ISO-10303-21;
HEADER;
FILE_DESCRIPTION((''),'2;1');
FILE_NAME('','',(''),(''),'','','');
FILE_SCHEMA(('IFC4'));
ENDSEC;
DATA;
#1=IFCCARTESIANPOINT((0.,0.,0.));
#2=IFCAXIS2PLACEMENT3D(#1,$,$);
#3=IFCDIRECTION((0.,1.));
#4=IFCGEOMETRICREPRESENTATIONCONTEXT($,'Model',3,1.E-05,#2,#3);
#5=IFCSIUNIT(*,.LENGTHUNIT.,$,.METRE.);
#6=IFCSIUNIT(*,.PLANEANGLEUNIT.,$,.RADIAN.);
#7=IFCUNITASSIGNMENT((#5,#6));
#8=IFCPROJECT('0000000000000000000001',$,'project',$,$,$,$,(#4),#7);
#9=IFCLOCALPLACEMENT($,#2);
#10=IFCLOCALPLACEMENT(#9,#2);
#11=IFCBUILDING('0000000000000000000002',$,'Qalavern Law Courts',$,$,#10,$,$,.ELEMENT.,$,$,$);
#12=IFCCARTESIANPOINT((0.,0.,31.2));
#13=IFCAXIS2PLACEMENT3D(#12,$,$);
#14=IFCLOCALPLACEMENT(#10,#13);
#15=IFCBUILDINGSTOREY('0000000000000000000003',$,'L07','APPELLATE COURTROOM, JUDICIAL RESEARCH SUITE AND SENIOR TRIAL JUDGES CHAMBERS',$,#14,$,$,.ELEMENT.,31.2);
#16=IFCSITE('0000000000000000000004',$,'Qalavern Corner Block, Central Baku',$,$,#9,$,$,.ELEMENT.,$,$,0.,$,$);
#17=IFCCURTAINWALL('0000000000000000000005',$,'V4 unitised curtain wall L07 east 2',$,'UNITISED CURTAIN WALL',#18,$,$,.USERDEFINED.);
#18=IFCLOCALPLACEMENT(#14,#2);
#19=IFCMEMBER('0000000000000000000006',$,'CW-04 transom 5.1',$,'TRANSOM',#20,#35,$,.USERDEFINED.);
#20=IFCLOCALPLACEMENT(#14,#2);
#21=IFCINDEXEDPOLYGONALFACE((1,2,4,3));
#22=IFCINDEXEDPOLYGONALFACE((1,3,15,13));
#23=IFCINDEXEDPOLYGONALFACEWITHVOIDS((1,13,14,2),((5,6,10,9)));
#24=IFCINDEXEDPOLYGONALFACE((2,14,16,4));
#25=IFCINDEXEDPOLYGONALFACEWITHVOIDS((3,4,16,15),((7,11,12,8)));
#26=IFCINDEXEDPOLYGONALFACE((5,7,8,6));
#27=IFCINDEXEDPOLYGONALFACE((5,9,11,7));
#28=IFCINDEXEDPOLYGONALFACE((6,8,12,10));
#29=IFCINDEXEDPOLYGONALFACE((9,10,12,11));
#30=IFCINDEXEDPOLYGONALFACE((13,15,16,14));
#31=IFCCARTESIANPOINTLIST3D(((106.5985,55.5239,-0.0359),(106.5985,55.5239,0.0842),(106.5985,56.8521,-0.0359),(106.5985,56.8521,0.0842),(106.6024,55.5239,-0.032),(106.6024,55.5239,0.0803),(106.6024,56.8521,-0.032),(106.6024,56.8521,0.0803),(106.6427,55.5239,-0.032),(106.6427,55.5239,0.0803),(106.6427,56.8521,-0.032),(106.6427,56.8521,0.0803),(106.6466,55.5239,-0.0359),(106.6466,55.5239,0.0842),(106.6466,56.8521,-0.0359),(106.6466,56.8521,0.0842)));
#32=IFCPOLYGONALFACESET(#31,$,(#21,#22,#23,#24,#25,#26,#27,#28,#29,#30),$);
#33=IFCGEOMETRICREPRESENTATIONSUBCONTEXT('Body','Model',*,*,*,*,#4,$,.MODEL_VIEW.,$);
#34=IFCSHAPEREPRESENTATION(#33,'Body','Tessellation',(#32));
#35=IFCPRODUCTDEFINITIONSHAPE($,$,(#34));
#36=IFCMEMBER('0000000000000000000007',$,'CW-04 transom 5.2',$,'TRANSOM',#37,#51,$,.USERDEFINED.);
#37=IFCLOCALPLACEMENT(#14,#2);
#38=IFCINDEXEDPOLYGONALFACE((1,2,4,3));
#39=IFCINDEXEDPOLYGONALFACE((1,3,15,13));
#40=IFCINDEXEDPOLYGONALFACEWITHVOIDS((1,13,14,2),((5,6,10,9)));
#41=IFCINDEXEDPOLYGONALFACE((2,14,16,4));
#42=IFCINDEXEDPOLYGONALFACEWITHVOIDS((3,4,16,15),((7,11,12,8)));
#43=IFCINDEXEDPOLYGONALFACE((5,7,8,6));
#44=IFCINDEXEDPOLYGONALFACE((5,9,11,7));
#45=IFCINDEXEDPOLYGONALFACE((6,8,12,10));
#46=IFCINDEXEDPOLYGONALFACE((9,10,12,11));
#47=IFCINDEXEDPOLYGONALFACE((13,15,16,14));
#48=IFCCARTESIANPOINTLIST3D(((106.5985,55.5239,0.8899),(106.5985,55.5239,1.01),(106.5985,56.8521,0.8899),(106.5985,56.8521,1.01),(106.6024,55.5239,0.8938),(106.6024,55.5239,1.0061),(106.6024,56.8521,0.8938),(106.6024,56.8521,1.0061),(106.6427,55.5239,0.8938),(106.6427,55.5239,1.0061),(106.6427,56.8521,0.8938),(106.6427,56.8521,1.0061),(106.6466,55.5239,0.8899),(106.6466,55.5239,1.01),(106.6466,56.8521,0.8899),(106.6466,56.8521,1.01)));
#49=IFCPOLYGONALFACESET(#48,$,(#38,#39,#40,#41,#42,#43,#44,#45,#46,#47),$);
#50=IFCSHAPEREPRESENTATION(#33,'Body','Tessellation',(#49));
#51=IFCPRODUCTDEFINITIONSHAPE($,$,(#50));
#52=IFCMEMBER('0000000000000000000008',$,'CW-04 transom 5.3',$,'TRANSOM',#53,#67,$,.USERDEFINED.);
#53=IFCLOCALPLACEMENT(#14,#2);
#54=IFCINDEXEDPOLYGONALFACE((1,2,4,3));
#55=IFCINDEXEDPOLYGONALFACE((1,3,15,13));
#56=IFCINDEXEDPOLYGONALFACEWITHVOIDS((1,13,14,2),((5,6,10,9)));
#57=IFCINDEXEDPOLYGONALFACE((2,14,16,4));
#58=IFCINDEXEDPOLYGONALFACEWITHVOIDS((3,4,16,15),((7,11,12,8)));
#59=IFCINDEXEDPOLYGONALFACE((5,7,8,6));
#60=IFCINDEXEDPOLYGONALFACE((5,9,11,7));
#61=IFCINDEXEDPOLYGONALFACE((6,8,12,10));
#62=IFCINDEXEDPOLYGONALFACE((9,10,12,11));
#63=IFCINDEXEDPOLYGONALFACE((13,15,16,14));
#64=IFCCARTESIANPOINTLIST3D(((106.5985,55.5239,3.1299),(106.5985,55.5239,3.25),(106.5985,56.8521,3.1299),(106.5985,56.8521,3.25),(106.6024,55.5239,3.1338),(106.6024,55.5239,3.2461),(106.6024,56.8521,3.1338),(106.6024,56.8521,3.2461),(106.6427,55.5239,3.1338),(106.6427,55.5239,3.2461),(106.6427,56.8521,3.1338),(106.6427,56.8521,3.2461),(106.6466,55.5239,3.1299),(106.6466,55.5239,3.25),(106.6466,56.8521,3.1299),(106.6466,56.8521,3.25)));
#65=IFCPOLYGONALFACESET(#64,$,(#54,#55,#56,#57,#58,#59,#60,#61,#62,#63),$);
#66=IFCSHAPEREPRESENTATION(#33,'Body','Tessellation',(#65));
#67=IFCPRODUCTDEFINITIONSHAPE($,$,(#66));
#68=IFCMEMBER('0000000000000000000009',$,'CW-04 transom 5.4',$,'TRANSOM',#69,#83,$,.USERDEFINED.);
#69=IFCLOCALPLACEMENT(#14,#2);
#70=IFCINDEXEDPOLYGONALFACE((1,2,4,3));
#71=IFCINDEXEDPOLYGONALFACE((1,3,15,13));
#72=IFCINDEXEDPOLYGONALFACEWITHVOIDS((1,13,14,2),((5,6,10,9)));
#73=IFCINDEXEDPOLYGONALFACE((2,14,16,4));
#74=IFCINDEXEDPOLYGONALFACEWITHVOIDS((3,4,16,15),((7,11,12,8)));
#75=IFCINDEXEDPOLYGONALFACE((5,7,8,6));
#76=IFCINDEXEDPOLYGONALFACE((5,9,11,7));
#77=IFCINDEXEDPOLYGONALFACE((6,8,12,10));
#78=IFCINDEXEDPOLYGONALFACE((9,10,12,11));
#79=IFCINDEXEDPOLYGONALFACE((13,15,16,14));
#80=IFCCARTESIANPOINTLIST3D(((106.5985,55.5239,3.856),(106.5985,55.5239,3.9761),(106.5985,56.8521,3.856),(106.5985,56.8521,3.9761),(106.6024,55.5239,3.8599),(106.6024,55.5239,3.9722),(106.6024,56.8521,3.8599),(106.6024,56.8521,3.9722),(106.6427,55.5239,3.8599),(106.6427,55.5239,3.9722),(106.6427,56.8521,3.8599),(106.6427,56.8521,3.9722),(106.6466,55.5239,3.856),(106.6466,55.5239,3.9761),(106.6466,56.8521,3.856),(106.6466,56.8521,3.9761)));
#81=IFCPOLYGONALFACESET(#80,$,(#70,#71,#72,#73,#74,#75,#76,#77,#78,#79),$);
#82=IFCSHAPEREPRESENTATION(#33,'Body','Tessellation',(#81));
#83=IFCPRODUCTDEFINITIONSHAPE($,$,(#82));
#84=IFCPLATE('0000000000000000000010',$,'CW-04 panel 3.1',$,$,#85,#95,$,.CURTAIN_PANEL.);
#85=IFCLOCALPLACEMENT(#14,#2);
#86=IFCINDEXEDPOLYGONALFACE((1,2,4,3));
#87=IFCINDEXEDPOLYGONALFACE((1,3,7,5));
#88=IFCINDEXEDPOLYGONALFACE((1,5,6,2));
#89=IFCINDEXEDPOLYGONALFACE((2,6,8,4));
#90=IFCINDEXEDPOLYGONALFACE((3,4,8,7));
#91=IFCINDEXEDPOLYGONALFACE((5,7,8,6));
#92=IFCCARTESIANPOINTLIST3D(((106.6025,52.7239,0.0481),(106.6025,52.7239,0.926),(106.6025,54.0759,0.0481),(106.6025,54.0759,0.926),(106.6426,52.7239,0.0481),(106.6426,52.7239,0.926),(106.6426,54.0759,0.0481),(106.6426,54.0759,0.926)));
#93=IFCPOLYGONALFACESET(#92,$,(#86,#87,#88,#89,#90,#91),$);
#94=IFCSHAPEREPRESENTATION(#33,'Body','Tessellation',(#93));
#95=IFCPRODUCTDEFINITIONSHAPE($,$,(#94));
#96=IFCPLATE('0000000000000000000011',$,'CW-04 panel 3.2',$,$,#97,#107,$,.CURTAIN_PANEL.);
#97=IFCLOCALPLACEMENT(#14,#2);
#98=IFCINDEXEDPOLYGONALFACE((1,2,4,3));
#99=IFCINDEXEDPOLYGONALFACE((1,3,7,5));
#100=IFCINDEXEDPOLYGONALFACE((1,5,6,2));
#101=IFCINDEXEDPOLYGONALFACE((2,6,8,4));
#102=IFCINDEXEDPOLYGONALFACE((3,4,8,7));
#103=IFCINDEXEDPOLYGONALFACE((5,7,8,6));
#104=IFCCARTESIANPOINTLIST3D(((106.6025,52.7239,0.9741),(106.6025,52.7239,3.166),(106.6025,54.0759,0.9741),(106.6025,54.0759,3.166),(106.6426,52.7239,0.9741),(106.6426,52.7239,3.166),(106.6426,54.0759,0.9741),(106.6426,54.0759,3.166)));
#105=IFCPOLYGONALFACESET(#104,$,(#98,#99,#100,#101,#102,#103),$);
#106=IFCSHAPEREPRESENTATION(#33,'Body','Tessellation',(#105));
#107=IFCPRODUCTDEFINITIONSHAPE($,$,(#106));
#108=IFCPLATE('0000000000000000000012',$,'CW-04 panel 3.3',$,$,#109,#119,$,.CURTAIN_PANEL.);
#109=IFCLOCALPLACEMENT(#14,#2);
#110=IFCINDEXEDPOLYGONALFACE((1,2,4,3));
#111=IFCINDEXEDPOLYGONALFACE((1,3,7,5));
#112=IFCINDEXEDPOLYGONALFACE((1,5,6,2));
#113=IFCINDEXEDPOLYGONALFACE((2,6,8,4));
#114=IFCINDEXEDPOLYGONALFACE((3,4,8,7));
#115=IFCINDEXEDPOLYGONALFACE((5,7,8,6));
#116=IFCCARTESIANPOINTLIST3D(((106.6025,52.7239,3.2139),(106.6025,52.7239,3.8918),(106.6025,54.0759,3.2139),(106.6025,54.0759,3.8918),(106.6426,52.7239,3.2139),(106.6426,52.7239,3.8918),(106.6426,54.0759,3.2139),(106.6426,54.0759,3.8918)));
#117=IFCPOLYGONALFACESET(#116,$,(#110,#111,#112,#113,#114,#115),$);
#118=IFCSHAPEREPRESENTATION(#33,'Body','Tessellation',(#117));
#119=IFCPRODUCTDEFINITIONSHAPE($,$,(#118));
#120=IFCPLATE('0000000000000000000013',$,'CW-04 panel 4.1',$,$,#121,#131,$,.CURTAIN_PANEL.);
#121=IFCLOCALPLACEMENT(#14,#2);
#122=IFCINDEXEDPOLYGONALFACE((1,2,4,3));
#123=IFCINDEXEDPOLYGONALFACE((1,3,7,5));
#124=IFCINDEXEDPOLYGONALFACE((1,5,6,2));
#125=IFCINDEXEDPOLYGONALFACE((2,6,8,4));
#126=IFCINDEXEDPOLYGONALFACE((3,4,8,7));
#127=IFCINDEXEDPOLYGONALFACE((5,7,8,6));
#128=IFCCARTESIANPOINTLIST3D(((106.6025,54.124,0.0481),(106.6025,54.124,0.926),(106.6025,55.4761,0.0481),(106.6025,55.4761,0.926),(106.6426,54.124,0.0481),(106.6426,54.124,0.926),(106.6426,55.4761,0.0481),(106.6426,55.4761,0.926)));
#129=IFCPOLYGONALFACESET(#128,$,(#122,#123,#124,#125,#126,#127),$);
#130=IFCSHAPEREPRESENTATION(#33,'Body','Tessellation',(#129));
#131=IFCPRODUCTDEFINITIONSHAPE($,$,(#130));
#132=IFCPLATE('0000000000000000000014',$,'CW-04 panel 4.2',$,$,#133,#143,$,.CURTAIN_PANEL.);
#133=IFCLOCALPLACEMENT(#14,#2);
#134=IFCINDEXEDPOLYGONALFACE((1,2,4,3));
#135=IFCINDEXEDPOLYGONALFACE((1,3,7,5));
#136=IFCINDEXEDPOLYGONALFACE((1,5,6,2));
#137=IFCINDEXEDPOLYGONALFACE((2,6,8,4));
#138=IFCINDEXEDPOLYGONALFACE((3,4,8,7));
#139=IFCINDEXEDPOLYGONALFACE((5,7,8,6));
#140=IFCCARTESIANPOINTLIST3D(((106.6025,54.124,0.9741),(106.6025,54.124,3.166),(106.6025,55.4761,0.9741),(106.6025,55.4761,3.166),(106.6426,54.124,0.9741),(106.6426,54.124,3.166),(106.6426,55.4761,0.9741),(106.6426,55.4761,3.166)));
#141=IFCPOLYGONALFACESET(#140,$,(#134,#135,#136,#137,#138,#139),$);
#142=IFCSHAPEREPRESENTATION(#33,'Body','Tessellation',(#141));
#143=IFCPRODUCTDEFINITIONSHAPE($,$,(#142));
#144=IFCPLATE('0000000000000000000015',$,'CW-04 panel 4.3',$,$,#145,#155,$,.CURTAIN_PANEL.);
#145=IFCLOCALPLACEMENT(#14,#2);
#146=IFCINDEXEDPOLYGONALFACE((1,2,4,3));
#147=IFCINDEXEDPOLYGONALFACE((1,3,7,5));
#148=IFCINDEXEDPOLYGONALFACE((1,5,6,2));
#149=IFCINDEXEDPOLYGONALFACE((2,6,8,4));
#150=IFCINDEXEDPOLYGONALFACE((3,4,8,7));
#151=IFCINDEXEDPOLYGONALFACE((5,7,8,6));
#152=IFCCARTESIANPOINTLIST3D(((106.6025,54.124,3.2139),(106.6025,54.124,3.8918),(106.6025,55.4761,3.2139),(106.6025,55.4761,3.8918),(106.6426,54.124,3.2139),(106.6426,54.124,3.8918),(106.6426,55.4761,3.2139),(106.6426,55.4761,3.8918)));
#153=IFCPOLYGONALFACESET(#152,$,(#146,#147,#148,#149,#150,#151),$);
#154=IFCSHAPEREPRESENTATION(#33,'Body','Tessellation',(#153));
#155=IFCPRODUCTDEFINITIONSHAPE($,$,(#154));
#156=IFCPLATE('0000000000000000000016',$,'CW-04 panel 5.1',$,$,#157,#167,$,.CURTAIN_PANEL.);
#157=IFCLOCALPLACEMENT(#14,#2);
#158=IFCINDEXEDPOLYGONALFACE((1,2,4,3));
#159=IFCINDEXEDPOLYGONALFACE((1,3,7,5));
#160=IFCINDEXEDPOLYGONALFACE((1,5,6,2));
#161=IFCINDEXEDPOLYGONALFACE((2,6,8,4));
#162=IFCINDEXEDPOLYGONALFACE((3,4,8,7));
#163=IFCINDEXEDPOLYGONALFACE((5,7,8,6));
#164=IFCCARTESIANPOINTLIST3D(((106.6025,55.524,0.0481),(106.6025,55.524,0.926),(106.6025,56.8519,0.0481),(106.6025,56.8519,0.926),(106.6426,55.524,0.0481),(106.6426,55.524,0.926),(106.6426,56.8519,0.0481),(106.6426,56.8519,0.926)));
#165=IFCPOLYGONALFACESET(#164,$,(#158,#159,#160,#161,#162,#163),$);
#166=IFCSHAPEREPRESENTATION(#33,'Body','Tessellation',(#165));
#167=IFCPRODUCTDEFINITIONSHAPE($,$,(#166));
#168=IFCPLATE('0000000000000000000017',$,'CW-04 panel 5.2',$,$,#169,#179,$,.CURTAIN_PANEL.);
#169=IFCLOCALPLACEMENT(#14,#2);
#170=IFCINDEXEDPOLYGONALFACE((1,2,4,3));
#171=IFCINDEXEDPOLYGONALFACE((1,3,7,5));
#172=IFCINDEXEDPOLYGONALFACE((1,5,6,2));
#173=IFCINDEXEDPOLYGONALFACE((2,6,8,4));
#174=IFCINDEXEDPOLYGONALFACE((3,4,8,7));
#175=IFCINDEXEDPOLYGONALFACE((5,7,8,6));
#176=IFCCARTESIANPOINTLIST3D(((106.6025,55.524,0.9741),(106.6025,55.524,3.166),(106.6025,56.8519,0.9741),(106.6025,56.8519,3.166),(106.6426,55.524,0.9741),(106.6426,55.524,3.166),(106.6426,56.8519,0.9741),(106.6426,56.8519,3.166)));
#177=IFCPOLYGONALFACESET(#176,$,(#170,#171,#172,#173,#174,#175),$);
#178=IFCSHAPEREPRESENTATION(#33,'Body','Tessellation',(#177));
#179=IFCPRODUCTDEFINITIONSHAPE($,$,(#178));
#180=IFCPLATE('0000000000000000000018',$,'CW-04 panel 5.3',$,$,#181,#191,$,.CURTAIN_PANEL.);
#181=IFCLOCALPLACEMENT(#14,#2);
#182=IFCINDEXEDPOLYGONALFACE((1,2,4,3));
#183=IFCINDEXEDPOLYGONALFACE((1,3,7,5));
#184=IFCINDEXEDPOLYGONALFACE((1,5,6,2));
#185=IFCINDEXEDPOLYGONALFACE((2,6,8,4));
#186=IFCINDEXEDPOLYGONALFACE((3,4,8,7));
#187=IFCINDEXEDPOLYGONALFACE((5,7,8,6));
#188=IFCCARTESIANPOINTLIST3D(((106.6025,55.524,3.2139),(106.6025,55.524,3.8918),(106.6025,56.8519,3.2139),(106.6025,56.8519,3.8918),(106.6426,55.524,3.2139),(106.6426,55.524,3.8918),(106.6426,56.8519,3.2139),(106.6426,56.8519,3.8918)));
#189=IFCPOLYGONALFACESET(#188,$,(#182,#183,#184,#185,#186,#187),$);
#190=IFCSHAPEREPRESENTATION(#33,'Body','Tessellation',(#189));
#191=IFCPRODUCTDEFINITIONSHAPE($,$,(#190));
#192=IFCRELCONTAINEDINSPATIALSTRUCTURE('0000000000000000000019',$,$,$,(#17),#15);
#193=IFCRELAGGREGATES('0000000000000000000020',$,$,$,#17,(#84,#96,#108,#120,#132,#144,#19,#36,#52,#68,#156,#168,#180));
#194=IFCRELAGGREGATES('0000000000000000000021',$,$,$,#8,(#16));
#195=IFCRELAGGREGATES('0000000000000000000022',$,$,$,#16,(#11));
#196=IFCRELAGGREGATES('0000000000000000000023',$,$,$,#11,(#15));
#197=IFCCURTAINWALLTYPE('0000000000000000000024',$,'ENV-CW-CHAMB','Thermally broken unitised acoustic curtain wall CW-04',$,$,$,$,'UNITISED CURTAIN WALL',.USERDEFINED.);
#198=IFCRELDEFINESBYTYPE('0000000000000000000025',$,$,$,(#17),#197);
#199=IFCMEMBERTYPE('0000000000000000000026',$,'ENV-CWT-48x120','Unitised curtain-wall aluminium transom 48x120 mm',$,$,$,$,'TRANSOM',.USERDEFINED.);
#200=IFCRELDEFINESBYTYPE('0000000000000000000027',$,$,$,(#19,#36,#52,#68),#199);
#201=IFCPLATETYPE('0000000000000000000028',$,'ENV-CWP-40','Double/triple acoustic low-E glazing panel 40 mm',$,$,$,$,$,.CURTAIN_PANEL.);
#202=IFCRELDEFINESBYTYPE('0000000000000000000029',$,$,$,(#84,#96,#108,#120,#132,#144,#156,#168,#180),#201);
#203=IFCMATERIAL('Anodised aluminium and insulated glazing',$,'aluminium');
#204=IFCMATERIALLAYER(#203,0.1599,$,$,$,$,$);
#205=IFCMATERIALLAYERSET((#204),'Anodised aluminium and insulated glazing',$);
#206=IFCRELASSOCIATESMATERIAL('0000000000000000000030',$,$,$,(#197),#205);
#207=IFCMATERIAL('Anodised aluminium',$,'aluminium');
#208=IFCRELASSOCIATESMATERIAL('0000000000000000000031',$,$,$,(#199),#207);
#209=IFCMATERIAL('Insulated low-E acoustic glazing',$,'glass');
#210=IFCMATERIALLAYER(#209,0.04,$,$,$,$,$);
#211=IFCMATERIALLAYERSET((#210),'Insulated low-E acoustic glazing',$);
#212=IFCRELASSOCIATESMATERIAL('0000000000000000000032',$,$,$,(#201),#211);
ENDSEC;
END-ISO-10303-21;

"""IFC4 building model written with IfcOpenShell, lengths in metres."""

from ifc_helpers import new_model, si_unit, direction, frame, origin, origin_2d, place, context, subcontext, project, spatial, rectangle, hollow_rectangle, extrude, material, layer, layer_set, material_profile, profile_set, type_object, element, aggregate, save


model = new_model("IFC4")

# Units and contexts
model_context = context("Model", 3, precision=1e-05, world=origin(), true_north=direction((0.0, 1.0)))
body_context = subcontext(model_context, "Body", "Model", "MODEL_VIEW")
ifc_project = project(units=[si_unit("LENGTHUNIT", "METRE"), si_unit("PLANEANGLEUNIT", "RADIAN")], contexts=[model_context])

# Site, building, storey
site_placement = place(None, origin())
site = spatial("IfcSite", under=ifc_project, at=site_placement, Name="Qalavern Corner Block, Central Baku", CompositionType="ELEMENT", RefElevation=0.0)
building_placement = place(site_placement, origin())
building = spatial("IfcBuilding", under=site, at=building_placement, Name="Qalavern Law Courts", CompositionType="ELEMENT")
storey_placement = place(building_placement, frame((0.0, 0.0, 31.2)))
storey = spatial("IfcBuildingStorey", under=building, at=storey_placement, Name="L07", Description="APPELLATE COURTROOM, JUDICIAL RESEARCH SUITE AND SENIOR TRIAL JUDGES CHAMBERS", CompositionType="ELEMENT", Elevation=31.2)

# Curtain wall, members, plates
ifc_material_1 = material(Name="Anodised aluminium and insulated glazing", Category="aluminium")
ifc_layer_1 = layer(ifc_material_1, 0.1599)
ifc_layer_set_1 = layer_set([ifc_layer_1], Name="Anodised aluminium and insulated glazing")
curtain_wall_type = type_object("IfcCurtainWallType", Name="ENV-CW-CHAMB", Description="Thermally broken unitised acoustic curtain wall CW-04", ElementType="UNITISED CURTAIN WALL", PredefinedType="USERDEFINED", material=ifc_layer_set_1)
curtain_wall_placement = place(storey_placement, origin())
curtain_wall = element("IfcCurtainWall", 1, at=curtain_wall_placement, inside=storey, type_object=curtain_wall_type, Name="V4 unitised curtain wall L07 east 2", ObjectType="UNITISED CURTAIN WALL", PredefinedType="USERDEFINED")
ifc_material_2 = material(Name="Anodised aluminium", Category="aluminium")
ifc_material_profile_1 = material_profile(ifc_material_2, hollow_rectangle(XDim=0.0481, YDim=0.1201, WallThickness=0.0039, at=origin_2d()), Name="ALU TRANSOM 48x120")
ifc_profile_set_1 = profile_set([ifc_material_profile_1], Name="Anodised aluminium")
member_type_1 = type_object("IfcMemberType", Name="ENV-CWT-48x120", Description="Unitised curtain-wall aluminium transom 48x120 mm", ElementType="TRANSOM", PredefinedType="USERDEFINED", material=ifc_profile_set_1)
member_1_placement = place(storey_placement, frame((106.6226, 55.5239, 0.0242), z_axis=(0.0, 1.0, 0.0), x_axis=(-1.0, 0.0, 0.0)))
member_1 = element("IfcMember", 2, at=member_1_placement, type_object=member_type_1, Name="CW-04 transom 5.1", ObjectType="TRANSOM", PredefinedType="USERDEFINED", context=body_context, shape_type="SweptSolid", body=[
    extrude(hollow_rectangle(XDim=0.0481, YDim=0.1201, WallThickness=0.0039, at=origin_2d()), origin(), (0.0, 0.0, 1.0), 1.3281),
])
member_2_placement = place(storey_placement, frame((106.6226, 55.5239, 0.95), z_axis=(0.0, 1.0, 0.0), x_axis=(-1.0, 0.0, 0.0)))
member_2 = element("IfcMember", 3, at=member_2_placement, type_object=member_type_1, Name="CW-04 transom 5.2", ObjectType="TRANSOM", PredefinedType="USERDEFINED", context=body_context, shape_type="SweptSolid", body=[
    extrude(hollow_rectangle(XDim=0.0481, YDim=0.1201, WallThickness=0.0039, at=origin_2d()), origin(), (0.0, 0.0, 1.0), 1.3281),
])
member_3_placement = place(storey_placement, frame((106.6226, 55.5239, 3.1899), z_axis=(0.0, 1.0, 0.0), x_axis=(-1.0, 0.0, 0.0)))
member_3 = element("IfcMember", 4, at=member_3_placement, type_object=member_type_1, Name="CW-04 transom 5.3", ObjectType="TRANSOM", PredefinedType="USERDEFINED", context=body_context, shape_type="SweptSolid", body=[
    extrude(hollow_rectangle(XDim=0.0481, YDim=0.1201, WallThickness=0.0039, at=origin_2d()), origin(), (0.0, 0.0, 1.0), 1.3281),
])
member_4_placement = place(storey_placement, frame((106.6226, 55.5239, 3.916), z_axis=(0.0, 1.0, 0.0), x_axis=(-1.0, 0.0, 0.0)))
member_4 = element("IfcMember", 5, at=member_4_placement, type_object=member_type_1, Name="CW-04 transom 5.4", ObjectType="TRANSOM", PredefinedType="USERDEFINED", context=body_context, shape_type="SweptSolid", body=[
    extrude(hollow_rectangle(XDim=0.0481, YDim=0.1201, WallThickness=0.0039, at=origin_2d()), origin(), (0.0, 0.0, 1.0), 1.3281),
])
ifc_material_3 = material(Name="Insulated low-E acoustic glazing", Category="glass")
ifc_layer_2 = layer(ifc_material_3, 0.04)
ifc_layer_set_2 = layer_set([ifc_layer_2], Name="Insulated low-E acoustic glazing")
plate_type = type_object("IfcPlateType", Name="ENV-CWP-40", Description="Double/triple acoustic low-E glazing panel 40 mm", PredefinedType="CURTAIN_PANEL", material=ifc_layer_set_2)
plate_1_placement = place(storey_placement, frame((106.6226, 53.3999, 0.0481), z_axis=(0.0, 0.0, 1.0), x_axis=(0.0, 1.0, 0.0)))
plate_1 = element("IfcPlate", 6, at=plate_1_placement, type_object=plate_type, Name="CW-04 panel 3.1", PredefinedType="CURTAIN_PANEL", context=body_context, shape_type="SweptSolid", body=[
    extrude(rectangle(XDim=1.3521, YDim=0.04, at=origin_2d()), origin(), (0.0, 0.0, 1.0), 0.8779),
])
plate_2_placement = place(storey_placement, frame((106.6226, 53.3999, 0.9741), z_axis=(0.0, 0.0, 1.0), x_axis=(0.0, 1.0, 0.0)))
plate_2 = element("IfcPlate", 7, at=plate_2_placement, type_object=plate_type, Name="CW-04 panel 3.2", PredefinedType="CURTAIN_PANEL", context=body_context, shape_type="SweptSolid", body=[
    extrude(rectangle(XDim=1.3521, YDim=0.04, at=origin_2d()), origin(), (0.0, 0.0, 1.0), 2.1919),
])
plate_3_placement = place(storey_placement, frame((106.6226, 53.3999, 3.2139), z_axis=(0.0, 0.0, 1.0), x_axis=(0.0, 1.0, 0.0)))
plate_3 = element("IfcPlate", 8, at=plate_3_placement, type_object=plate_type, Name="CW-04 panel 3.3", PredefinedType="CURTAIN_PANEL", context=body_context, shape_type="SweptSolid", body=[
    extrude(rectangle(XDim=1.3521, YDim=0.04, at=origin_2d()), origin(), (0.0, 0.0, 1.0), 0.678),
])
plate_4_placement = place(storey_placement, frame((106.6226, 54.8, 0.0481), z_axis=(0.0, 0.0, 1.0), x_axis=(0.0, 1.0, 0.0)))
plate_4 = element("IfcPlate", 9, at=plate_4_placement, type_object=plate_type, Name="CW-04 panel 4.1", PredefinedType="CURTAIN_PANEL", context=body_context, shape_type="SweptSolid", body=[
    extrude(rectangle(XDim=1.3521, YDim=0.04, at=origin_2d()), origin(), (0.0, 0.0, 1.0), 0.8779),
])
plate_5_placement = place(storey_placement, frame((106.6226, 54.8, 0.9741), z_axis=(0.0, 0.0, 1.0), x_axis=(0.0, 1.0, 0.0)))
plate_5 = element("IfcPlate", 10, at=plate_5_placement, type_object=plate_type, Name="CW-04 panel 4.2", PredefinedType="CURTAIN_PANEL", context=body_context, shape_type="SweptSolid", body=[
    extrude(rectangle(XDim=1.3521, YDim=0.04, at=origin_2d()), origin(), (0.0, 0.0, 1.0), 2.1919),
])
plate_6_placement = place(storey_placement, frame((106.6226, 54.8, 3.2139), z_axis=(0.0, 0.0, 1.0), x_axis=(0.0, 1.0, 0.0)))
plate_6 = element("IfcPlate", 11, at=plate_6_placement, type_object=plate_type, Name="CW-04 panel 4.3", PredefinedType="CURTAIN_PANEL", context=body_context, shape_type="SweptSolid", body=[
    extrude(rectangle(XDim=1.3521, YDim=0.04, at=origin_2d()), origin(), (0.0, 0.0, 1.0), 0.678),
])
plate_7_placement = place(storey_placement, frame((106.6226, 56.188, 0.0481), z_axis=(0.0, 0.0, 1.0), x_axis=(0.0, 1.0, 0.0)))
plate_7 = element("IfcPlate", 12, at=plate_7_placement, type_object=plate_type, Name="CW-04 panel 5.1", PredefinedType="CURTAIN_PANEL", context=body_context, shape_type="SweptSolid", body=[
    extrude(rectangle(XDim=1.3279, YDim=0.04, at=origin_2d()), origin(), (0.0, 0.0, 1.0), 0.8779),
])
plate_8_placement = place(storey_placement, frame((106.6226, 56.188, 0.9741), z_axis=(0.0, 0.0, 1.0), x_axis=(0.0, 1.0, 0.0)))
plate_8 = element("IfcPlate", 13, at=plate_8_placement, type_object=plate_type, Name="CW-04 panel 5.2", PredefinedType="CURTAIN_PANEL", context=body_context, shape_type="SweptSolid", body=[
    extrude(rectangle(XDim=1.3279, YDim=0.04, at=origin_2d()), origin(), (0.0, 0.0, 1.0), 2.1919),
])
plate_9_placement = place(storey_placement, frame((106.6226, 56.188, 3.2139), z_axis=(0.0, 0.0, 1.0), x_axis=(0.0, 1.0, 0.0)))
plate_9 = element("IfcPlate", 14, at=plate_9_placement, type_object=plate_type, Name="CW-04 panel 5.3", PredefinedType="CURTAIN_PANEL", context=body_context, shape_type="SweptSolid", body=[
    extrude(rectangle(XDim=1.3279, YDim=0.04, at=origin_2d()), origin(), (0.0, 0.0, 1.0), 0.678),
])
aggregate(curtain_wall, [plate_1, plate_2, plate_3, plate_4, plate_5, plate_6, member_1, member_2, member_3, member_4, plate_7, plate_8, plate_9])

save(model, "model.ifc")
